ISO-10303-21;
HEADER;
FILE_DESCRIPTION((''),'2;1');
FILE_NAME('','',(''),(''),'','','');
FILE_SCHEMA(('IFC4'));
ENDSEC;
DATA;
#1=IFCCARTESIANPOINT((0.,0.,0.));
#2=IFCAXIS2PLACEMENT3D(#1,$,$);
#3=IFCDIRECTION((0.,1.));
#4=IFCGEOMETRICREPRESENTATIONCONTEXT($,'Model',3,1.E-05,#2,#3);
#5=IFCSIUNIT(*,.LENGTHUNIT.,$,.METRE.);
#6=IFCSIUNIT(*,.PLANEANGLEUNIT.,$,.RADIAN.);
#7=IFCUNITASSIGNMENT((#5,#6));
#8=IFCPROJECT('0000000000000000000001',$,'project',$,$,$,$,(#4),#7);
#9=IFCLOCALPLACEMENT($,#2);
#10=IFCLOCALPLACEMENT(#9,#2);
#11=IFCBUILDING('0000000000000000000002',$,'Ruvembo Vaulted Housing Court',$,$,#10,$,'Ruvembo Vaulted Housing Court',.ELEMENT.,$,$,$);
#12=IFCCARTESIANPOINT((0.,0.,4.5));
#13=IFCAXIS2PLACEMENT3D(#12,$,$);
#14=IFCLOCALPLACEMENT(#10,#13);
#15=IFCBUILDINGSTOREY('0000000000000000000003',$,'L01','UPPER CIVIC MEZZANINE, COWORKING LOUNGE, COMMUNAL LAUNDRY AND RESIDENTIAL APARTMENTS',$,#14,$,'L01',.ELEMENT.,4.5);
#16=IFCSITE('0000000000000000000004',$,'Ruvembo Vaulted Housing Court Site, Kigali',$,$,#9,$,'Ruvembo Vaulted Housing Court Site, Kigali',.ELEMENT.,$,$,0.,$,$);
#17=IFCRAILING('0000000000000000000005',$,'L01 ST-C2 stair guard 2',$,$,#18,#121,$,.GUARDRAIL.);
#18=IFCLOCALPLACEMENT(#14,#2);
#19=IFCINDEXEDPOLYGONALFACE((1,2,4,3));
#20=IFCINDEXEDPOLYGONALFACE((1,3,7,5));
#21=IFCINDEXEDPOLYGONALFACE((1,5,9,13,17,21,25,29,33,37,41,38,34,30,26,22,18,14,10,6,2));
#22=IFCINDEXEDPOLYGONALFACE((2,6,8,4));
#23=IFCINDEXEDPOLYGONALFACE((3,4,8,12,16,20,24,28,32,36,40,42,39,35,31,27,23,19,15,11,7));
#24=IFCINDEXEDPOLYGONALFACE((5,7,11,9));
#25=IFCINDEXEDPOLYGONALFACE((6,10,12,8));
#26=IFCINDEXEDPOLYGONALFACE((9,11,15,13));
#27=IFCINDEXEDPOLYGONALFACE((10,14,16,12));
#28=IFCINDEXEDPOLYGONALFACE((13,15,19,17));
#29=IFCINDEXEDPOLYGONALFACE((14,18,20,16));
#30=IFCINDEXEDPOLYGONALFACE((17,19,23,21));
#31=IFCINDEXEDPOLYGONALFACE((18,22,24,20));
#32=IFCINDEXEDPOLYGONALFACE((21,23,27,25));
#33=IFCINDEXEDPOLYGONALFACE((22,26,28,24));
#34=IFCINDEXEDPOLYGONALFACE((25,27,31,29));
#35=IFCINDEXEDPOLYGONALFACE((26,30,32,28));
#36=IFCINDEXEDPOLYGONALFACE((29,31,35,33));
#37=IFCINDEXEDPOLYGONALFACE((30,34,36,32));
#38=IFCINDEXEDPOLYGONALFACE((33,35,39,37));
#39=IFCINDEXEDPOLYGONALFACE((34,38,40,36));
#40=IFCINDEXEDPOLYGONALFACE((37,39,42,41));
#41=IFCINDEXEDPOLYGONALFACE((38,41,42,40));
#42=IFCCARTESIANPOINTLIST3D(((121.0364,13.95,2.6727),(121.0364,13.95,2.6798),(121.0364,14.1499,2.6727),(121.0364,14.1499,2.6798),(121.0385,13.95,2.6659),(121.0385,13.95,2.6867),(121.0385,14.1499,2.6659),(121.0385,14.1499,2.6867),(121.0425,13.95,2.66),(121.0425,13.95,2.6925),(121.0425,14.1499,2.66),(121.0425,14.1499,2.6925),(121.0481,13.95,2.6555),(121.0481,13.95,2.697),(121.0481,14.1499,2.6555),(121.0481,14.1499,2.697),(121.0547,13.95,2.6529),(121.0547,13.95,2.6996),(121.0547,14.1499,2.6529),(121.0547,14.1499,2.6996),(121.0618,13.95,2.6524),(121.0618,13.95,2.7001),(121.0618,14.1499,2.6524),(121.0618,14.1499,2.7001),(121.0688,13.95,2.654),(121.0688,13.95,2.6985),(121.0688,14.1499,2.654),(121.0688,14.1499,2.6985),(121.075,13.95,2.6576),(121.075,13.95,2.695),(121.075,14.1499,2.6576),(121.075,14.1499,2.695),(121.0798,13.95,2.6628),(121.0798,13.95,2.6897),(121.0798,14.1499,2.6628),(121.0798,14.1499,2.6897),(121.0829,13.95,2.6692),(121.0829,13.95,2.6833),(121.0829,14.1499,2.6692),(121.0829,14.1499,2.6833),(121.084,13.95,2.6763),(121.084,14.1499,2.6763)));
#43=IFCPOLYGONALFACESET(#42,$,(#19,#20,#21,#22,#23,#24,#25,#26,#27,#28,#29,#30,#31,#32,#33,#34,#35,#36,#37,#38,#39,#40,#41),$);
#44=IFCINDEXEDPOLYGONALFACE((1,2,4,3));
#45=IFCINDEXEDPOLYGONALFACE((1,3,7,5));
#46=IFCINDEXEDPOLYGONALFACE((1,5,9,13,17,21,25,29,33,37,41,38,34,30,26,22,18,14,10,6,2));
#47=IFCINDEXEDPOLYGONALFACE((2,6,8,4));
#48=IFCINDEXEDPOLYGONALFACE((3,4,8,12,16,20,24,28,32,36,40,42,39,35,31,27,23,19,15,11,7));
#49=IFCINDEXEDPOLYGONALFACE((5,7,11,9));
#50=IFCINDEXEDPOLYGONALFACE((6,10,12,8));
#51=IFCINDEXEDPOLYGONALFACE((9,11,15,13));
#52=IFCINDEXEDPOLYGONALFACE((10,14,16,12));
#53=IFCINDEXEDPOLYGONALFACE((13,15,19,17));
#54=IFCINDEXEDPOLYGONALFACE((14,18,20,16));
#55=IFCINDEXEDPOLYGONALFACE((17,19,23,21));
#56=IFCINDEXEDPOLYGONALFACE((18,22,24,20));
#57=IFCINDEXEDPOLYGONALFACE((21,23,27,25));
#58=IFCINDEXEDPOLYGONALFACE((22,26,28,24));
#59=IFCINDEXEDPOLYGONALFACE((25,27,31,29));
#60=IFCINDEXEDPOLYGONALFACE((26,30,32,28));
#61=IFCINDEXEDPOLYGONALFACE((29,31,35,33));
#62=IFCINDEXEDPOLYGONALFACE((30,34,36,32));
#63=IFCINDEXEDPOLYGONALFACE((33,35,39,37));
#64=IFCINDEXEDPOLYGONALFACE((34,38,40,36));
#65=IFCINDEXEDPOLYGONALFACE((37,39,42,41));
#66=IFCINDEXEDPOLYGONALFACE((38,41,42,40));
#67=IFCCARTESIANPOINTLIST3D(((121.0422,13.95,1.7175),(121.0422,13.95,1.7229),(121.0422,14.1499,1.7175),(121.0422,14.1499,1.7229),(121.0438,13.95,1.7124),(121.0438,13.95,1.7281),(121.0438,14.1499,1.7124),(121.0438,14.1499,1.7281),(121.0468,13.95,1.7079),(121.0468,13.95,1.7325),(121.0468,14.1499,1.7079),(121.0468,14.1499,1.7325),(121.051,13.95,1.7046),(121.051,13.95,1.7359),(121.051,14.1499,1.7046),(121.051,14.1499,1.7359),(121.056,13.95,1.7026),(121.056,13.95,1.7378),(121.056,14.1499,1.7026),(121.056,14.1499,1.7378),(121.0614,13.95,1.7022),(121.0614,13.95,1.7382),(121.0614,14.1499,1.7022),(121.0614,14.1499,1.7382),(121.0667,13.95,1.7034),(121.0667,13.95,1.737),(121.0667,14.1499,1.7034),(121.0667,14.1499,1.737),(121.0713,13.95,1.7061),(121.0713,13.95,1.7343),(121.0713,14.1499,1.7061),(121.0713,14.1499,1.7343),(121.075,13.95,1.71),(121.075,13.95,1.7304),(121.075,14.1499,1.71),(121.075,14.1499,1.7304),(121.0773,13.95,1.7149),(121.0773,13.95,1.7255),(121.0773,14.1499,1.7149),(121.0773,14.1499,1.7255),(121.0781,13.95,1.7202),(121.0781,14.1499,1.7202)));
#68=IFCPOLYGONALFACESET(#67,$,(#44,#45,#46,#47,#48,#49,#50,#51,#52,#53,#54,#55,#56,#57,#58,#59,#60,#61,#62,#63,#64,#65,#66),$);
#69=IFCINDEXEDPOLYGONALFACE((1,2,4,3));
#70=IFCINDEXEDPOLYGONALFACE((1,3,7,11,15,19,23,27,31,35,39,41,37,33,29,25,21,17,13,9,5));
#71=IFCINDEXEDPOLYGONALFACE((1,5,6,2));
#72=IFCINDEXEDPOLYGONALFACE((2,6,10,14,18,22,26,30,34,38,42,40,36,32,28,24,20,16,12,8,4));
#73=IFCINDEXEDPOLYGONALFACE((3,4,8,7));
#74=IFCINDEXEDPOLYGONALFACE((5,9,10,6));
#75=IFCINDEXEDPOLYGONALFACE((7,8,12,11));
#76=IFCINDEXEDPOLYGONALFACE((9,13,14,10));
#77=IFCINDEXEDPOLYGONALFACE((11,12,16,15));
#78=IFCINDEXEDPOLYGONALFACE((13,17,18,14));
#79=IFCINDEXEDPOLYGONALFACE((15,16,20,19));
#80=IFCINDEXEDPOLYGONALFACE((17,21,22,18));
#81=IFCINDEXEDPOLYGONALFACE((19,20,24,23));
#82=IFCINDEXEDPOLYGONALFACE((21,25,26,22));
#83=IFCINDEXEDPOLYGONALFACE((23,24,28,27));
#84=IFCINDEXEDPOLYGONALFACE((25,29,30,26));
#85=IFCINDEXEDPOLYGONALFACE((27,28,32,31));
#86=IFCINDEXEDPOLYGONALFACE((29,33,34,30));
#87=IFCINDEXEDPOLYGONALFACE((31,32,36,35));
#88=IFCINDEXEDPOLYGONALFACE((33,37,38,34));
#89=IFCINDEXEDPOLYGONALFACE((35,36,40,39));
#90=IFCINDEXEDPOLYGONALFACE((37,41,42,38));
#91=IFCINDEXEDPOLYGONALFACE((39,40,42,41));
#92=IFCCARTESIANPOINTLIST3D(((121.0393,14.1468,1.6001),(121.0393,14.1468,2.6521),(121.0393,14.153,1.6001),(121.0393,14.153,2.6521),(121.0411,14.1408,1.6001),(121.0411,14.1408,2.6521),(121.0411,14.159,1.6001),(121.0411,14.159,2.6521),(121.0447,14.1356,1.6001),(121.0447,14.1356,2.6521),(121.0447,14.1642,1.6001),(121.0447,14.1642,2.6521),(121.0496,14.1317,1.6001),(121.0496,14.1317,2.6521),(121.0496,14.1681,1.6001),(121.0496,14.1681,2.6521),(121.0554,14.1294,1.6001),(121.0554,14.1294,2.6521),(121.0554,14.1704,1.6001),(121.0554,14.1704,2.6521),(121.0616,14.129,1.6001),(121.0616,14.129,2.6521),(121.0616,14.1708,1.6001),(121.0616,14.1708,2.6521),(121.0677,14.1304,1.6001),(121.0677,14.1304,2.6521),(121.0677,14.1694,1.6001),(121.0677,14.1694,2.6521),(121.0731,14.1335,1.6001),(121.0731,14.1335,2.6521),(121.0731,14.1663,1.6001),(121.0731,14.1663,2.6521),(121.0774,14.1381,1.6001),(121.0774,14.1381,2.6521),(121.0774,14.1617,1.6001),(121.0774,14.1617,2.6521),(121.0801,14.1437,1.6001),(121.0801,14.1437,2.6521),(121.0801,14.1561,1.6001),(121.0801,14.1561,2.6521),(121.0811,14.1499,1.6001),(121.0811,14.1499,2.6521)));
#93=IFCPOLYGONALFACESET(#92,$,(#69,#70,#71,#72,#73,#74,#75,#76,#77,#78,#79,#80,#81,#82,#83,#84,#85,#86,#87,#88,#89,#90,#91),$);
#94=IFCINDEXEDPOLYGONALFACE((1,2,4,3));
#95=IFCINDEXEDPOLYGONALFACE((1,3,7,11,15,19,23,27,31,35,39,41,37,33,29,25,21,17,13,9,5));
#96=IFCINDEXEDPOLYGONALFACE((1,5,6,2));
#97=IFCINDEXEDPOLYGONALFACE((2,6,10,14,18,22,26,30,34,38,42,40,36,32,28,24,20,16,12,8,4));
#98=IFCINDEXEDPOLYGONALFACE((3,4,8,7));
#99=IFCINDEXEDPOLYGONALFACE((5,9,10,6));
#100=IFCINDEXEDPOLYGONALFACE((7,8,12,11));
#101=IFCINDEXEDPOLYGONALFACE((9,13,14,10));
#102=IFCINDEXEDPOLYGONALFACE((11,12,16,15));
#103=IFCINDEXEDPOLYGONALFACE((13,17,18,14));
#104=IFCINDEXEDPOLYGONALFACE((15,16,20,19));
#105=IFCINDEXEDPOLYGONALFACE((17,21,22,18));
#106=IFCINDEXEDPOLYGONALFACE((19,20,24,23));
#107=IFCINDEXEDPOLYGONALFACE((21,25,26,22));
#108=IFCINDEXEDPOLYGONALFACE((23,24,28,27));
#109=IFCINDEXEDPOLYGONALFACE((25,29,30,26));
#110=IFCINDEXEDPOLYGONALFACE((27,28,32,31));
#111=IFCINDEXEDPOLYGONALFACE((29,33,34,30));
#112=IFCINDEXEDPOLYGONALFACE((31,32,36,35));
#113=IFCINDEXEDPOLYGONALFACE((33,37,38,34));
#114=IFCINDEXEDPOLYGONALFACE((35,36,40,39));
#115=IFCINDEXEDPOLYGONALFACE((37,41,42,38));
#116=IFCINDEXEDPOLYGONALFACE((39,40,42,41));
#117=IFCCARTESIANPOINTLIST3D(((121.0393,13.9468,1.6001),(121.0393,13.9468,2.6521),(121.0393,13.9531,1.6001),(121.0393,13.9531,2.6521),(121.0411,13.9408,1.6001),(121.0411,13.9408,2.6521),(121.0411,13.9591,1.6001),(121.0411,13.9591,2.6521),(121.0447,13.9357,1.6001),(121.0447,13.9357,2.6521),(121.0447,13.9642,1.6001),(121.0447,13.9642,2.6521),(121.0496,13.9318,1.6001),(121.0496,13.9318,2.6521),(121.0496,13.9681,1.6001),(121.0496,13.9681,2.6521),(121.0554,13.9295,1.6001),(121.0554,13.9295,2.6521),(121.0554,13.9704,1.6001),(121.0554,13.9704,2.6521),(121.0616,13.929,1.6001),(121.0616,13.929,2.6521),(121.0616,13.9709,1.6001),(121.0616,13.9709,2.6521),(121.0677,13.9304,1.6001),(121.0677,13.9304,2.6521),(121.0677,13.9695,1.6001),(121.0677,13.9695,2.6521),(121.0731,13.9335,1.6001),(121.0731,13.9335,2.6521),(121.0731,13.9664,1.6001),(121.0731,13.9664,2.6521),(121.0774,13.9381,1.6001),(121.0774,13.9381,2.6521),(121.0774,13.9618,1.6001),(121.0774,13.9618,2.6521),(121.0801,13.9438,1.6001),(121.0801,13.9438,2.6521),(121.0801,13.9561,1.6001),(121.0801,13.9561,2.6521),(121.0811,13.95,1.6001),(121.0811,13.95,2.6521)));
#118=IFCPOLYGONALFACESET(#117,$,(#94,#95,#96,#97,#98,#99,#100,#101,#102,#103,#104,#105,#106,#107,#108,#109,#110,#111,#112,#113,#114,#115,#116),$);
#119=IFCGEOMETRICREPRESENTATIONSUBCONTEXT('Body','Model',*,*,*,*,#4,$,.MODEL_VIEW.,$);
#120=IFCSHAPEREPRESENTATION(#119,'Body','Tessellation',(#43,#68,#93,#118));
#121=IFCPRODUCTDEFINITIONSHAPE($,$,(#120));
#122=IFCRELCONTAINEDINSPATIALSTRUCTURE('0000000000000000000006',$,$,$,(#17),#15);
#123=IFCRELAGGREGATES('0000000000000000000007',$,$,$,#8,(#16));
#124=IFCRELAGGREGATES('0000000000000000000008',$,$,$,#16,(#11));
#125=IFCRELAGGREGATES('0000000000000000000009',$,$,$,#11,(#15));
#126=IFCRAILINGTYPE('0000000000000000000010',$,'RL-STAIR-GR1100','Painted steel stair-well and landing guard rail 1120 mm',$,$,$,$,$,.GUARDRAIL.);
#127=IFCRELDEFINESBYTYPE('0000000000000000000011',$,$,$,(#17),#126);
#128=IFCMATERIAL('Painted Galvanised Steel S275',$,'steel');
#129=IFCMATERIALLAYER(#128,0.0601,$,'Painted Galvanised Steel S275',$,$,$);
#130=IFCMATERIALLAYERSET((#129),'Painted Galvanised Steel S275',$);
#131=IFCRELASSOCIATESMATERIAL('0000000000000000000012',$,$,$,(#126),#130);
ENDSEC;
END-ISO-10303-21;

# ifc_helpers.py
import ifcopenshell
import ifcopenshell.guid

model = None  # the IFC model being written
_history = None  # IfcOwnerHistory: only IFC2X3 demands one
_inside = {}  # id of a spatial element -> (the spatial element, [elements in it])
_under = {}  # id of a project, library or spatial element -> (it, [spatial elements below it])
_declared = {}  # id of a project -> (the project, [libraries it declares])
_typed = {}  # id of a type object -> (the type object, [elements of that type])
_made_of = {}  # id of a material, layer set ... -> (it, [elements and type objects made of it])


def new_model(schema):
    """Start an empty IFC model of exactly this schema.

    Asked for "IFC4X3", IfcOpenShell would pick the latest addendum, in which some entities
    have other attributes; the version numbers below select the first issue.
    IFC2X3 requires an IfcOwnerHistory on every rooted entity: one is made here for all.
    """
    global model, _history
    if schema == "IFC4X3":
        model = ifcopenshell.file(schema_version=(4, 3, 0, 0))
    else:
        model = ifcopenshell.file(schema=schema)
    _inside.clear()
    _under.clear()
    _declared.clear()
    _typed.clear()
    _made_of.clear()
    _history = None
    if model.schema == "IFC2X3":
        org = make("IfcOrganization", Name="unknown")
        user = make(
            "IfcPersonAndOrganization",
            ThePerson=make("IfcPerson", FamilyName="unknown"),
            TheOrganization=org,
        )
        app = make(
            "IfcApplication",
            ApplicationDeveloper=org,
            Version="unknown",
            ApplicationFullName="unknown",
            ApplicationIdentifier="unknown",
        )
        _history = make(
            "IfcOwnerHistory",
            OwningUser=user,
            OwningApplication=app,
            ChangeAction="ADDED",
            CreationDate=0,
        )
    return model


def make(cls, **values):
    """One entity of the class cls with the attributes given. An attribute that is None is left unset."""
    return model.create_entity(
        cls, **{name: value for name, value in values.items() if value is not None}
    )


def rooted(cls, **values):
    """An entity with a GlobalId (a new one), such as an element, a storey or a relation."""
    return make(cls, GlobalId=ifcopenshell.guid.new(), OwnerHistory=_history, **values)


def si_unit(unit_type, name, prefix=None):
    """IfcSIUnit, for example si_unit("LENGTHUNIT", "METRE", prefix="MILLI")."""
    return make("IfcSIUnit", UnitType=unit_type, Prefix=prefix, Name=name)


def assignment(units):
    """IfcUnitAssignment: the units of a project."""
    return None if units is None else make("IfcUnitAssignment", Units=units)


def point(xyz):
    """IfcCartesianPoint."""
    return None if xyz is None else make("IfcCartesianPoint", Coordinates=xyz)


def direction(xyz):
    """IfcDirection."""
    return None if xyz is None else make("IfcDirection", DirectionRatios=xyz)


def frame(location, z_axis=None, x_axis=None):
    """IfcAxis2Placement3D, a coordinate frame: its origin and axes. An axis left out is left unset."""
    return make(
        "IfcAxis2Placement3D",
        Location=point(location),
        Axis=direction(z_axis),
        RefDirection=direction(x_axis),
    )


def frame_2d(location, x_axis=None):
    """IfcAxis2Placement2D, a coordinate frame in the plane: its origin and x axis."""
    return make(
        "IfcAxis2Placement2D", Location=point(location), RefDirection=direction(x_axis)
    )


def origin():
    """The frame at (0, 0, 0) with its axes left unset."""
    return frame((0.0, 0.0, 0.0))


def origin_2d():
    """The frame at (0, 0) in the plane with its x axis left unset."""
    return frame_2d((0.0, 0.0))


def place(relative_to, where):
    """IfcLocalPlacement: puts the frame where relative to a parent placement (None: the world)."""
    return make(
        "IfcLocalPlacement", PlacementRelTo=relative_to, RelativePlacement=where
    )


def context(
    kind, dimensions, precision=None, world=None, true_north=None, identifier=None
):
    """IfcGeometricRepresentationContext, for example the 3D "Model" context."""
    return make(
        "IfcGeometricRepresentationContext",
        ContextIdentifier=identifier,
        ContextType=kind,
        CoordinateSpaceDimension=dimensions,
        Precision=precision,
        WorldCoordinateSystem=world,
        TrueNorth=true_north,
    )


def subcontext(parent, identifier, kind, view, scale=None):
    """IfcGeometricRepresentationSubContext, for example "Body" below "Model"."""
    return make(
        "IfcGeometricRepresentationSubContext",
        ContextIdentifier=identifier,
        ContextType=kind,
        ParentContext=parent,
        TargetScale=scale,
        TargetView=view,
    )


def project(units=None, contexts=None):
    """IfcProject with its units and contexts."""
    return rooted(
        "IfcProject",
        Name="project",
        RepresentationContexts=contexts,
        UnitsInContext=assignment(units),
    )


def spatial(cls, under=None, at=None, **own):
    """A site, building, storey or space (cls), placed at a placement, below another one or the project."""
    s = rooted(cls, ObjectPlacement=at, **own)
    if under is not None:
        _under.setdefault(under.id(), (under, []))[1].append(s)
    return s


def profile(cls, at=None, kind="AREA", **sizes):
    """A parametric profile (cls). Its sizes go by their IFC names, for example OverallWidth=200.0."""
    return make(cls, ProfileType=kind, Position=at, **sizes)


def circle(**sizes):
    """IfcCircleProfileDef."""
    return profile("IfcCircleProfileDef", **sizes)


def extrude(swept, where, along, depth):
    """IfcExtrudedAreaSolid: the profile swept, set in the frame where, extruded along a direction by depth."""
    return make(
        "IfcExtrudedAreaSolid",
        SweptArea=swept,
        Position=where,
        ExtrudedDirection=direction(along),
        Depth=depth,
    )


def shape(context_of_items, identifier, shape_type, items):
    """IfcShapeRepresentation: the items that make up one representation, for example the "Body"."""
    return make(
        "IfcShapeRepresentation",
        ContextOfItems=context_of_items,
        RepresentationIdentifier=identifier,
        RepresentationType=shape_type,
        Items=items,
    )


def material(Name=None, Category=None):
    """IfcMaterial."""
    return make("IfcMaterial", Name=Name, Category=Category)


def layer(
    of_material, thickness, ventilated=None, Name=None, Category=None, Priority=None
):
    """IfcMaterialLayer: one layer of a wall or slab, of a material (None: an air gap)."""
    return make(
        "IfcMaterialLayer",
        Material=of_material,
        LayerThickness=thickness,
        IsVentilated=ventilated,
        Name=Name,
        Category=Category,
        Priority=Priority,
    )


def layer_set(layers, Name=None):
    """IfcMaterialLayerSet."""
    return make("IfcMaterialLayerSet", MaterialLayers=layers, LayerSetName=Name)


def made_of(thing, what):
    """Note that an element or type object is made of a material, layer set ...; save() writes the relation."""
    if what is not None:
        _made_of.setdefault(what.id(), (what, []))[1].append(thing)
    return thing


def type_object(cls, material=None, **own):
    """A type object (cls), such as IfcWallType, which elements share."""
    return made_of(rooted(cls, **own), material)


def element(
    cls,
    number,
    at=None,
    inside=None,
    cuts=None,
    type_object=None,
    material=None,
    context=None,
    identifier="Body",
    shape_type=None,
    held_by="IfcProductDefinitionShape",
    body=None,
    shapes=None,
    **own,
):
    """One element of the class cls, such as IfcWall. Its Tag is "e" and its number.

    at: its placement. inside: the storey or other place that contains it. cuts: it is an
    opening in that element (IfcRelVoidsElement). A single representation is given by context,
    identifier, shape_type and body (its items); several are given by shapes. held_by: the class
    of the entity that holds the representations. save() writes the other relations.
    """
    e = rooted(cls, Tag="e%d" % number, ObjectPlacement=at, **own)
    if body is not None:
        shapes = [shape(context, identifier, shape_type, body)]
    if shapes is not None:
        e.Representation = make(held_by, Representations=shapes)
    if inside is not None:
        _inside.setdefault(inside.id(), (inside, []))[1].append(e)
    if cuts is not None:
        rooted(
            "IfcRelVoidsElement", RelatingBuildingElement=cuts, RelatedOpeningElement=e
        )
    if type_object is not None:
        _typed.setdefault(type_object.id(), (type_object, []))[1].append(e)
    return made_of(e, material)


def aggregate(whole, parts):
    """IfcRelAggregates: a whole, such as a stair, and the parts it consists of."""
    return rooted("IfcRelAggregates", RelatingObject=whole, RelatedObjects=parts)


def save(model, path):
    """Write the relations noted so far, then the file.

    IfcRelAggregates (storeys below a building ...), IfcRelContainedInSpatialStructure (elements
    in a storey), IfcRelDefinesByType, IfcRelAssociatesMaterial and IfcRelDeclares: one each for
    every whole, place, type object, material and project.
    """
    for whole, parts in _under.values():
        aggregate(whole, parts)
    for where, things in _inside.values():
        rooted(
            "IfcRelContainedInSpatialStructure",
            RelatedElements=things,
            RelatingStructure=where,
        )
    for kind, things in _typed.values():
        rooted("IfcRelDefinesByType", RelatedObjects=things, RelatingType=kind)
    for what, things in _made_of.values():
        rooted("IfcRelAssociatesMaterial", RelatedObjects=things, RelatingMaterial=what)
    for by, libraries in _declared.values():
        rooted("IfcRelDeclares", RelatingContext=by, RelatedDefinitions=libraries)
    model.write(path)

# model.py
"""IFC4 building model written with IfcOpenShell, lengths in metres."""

from ifc_helpers import new_model, si_unit, direction, frame, origin, origin_2d, place, context, subcontext, project, spatial, circle, extrude, material, layer, layer_set, type_object, element, save


model = new_model("IFC4")

# Units and contexts
model_context = context("Model", 3, precision=1e-05, world=origin(), true_north=direction((0.0, 1.0)))
body_context = subcontext(model_context, "Body", "Model", "MODEL_VIEW")
ifc_project = project(units=[si_unit("LENGTHUNIT", "METRE"), si_unit("PLANEANGLEUNIT", "RADIAN")], contexts=[model_context])

# Site, building, storey
site_placement = place(None, origin())
site = spatial("IfcSite", under=ifc_project, at=site_placement, Name="Ruvembo Vaulted Housing Court Site, Kigali", LongName="Ruvembo Vaulted Housing Court Site, Kigali", CompositionType="ELEMENT", RefElevation=0.0)
building_placement = place(site_placement, origin())
building = spatial("IfcBuilding", under=site, at=building_placement, Name="Ruvembo Vaulted Housing Court", LongName="Ruvembo Vaulted Housing Court", CompositionType="ELEMENT")
storey_placement = place(building_placement, frame((0.0, 0.0, 4.5)))
storey = spatial("IfcBuildingStorey", under=building, at=storey_placement, Name="L01", Description="UPPER CIVIC MEZZANINE, COWORKING LOUNGE, COMMUNAL LAUNDRY AND RESIDENTIAL APARTMENTS", LongName="L01", CompositionType="ELEMENT", Elevation=4.5)

# Railing
ifc_material_1 = material(Name="Painted Galvanised Steel S275", Category="steel")
ifc_layer_1 = layer(ifc_material_1, 0.0601, Name="Painted Galvanised Steel S275")
ifc_layer_set_1 = layer_set([ifc_layer_1], Name="Painted Galvanised Steel S275")
railing_type_1 = type_object("IfcRailingType", Name="RL-STAIR-GR1100", Description="Painted steel stair-well and landing guard rail 1120 mm", PredefinedType="GUARDRAIL", material=ifc_layer_set_1)
railing_1_placement = place(storey_placement, frame((121.0601, 14.1499, 1.6001)))
element("IfcRailing", 1, at=railing_1_placement, inside=storey, type_object=railing_type_1, Name="L01 ST-C2 stair guard 2", PredefinedType="GUARDRAIL", context=body_context, shape_type="SweptSolid", body=[
    extrude(circle(Radius=0.0239, at=origin_2d()), frame((0.0, 0.0, 1.0762), z_axis=(0.0, -1.0, 0.0), x_axis=(1.0, 0.0, 0.0)), (0.0, 0.0, 1.0), 0.2),
    extrude(circle(Radius=0.0181, at=origin_2d()), frame((0.0, 0.0, 0.1201), z_axis=(0.0, -1.0, 0.0), x_axis=(1.0, 0.0, 0.0)), (0.0, 0.0, 1.0), 0.2),
    extrude(circle(Radius=0.021, at=origin_2d()), origin(), (0.0, 0.0, 1.0), 1.052),
    extrude(circle(Radius=0.021, at=origin_2d()), frame((0.0, -0.2, 0.0)), (0.0, 0.0, 1.0), 1.052),
])

save(model, "model.ifc")
